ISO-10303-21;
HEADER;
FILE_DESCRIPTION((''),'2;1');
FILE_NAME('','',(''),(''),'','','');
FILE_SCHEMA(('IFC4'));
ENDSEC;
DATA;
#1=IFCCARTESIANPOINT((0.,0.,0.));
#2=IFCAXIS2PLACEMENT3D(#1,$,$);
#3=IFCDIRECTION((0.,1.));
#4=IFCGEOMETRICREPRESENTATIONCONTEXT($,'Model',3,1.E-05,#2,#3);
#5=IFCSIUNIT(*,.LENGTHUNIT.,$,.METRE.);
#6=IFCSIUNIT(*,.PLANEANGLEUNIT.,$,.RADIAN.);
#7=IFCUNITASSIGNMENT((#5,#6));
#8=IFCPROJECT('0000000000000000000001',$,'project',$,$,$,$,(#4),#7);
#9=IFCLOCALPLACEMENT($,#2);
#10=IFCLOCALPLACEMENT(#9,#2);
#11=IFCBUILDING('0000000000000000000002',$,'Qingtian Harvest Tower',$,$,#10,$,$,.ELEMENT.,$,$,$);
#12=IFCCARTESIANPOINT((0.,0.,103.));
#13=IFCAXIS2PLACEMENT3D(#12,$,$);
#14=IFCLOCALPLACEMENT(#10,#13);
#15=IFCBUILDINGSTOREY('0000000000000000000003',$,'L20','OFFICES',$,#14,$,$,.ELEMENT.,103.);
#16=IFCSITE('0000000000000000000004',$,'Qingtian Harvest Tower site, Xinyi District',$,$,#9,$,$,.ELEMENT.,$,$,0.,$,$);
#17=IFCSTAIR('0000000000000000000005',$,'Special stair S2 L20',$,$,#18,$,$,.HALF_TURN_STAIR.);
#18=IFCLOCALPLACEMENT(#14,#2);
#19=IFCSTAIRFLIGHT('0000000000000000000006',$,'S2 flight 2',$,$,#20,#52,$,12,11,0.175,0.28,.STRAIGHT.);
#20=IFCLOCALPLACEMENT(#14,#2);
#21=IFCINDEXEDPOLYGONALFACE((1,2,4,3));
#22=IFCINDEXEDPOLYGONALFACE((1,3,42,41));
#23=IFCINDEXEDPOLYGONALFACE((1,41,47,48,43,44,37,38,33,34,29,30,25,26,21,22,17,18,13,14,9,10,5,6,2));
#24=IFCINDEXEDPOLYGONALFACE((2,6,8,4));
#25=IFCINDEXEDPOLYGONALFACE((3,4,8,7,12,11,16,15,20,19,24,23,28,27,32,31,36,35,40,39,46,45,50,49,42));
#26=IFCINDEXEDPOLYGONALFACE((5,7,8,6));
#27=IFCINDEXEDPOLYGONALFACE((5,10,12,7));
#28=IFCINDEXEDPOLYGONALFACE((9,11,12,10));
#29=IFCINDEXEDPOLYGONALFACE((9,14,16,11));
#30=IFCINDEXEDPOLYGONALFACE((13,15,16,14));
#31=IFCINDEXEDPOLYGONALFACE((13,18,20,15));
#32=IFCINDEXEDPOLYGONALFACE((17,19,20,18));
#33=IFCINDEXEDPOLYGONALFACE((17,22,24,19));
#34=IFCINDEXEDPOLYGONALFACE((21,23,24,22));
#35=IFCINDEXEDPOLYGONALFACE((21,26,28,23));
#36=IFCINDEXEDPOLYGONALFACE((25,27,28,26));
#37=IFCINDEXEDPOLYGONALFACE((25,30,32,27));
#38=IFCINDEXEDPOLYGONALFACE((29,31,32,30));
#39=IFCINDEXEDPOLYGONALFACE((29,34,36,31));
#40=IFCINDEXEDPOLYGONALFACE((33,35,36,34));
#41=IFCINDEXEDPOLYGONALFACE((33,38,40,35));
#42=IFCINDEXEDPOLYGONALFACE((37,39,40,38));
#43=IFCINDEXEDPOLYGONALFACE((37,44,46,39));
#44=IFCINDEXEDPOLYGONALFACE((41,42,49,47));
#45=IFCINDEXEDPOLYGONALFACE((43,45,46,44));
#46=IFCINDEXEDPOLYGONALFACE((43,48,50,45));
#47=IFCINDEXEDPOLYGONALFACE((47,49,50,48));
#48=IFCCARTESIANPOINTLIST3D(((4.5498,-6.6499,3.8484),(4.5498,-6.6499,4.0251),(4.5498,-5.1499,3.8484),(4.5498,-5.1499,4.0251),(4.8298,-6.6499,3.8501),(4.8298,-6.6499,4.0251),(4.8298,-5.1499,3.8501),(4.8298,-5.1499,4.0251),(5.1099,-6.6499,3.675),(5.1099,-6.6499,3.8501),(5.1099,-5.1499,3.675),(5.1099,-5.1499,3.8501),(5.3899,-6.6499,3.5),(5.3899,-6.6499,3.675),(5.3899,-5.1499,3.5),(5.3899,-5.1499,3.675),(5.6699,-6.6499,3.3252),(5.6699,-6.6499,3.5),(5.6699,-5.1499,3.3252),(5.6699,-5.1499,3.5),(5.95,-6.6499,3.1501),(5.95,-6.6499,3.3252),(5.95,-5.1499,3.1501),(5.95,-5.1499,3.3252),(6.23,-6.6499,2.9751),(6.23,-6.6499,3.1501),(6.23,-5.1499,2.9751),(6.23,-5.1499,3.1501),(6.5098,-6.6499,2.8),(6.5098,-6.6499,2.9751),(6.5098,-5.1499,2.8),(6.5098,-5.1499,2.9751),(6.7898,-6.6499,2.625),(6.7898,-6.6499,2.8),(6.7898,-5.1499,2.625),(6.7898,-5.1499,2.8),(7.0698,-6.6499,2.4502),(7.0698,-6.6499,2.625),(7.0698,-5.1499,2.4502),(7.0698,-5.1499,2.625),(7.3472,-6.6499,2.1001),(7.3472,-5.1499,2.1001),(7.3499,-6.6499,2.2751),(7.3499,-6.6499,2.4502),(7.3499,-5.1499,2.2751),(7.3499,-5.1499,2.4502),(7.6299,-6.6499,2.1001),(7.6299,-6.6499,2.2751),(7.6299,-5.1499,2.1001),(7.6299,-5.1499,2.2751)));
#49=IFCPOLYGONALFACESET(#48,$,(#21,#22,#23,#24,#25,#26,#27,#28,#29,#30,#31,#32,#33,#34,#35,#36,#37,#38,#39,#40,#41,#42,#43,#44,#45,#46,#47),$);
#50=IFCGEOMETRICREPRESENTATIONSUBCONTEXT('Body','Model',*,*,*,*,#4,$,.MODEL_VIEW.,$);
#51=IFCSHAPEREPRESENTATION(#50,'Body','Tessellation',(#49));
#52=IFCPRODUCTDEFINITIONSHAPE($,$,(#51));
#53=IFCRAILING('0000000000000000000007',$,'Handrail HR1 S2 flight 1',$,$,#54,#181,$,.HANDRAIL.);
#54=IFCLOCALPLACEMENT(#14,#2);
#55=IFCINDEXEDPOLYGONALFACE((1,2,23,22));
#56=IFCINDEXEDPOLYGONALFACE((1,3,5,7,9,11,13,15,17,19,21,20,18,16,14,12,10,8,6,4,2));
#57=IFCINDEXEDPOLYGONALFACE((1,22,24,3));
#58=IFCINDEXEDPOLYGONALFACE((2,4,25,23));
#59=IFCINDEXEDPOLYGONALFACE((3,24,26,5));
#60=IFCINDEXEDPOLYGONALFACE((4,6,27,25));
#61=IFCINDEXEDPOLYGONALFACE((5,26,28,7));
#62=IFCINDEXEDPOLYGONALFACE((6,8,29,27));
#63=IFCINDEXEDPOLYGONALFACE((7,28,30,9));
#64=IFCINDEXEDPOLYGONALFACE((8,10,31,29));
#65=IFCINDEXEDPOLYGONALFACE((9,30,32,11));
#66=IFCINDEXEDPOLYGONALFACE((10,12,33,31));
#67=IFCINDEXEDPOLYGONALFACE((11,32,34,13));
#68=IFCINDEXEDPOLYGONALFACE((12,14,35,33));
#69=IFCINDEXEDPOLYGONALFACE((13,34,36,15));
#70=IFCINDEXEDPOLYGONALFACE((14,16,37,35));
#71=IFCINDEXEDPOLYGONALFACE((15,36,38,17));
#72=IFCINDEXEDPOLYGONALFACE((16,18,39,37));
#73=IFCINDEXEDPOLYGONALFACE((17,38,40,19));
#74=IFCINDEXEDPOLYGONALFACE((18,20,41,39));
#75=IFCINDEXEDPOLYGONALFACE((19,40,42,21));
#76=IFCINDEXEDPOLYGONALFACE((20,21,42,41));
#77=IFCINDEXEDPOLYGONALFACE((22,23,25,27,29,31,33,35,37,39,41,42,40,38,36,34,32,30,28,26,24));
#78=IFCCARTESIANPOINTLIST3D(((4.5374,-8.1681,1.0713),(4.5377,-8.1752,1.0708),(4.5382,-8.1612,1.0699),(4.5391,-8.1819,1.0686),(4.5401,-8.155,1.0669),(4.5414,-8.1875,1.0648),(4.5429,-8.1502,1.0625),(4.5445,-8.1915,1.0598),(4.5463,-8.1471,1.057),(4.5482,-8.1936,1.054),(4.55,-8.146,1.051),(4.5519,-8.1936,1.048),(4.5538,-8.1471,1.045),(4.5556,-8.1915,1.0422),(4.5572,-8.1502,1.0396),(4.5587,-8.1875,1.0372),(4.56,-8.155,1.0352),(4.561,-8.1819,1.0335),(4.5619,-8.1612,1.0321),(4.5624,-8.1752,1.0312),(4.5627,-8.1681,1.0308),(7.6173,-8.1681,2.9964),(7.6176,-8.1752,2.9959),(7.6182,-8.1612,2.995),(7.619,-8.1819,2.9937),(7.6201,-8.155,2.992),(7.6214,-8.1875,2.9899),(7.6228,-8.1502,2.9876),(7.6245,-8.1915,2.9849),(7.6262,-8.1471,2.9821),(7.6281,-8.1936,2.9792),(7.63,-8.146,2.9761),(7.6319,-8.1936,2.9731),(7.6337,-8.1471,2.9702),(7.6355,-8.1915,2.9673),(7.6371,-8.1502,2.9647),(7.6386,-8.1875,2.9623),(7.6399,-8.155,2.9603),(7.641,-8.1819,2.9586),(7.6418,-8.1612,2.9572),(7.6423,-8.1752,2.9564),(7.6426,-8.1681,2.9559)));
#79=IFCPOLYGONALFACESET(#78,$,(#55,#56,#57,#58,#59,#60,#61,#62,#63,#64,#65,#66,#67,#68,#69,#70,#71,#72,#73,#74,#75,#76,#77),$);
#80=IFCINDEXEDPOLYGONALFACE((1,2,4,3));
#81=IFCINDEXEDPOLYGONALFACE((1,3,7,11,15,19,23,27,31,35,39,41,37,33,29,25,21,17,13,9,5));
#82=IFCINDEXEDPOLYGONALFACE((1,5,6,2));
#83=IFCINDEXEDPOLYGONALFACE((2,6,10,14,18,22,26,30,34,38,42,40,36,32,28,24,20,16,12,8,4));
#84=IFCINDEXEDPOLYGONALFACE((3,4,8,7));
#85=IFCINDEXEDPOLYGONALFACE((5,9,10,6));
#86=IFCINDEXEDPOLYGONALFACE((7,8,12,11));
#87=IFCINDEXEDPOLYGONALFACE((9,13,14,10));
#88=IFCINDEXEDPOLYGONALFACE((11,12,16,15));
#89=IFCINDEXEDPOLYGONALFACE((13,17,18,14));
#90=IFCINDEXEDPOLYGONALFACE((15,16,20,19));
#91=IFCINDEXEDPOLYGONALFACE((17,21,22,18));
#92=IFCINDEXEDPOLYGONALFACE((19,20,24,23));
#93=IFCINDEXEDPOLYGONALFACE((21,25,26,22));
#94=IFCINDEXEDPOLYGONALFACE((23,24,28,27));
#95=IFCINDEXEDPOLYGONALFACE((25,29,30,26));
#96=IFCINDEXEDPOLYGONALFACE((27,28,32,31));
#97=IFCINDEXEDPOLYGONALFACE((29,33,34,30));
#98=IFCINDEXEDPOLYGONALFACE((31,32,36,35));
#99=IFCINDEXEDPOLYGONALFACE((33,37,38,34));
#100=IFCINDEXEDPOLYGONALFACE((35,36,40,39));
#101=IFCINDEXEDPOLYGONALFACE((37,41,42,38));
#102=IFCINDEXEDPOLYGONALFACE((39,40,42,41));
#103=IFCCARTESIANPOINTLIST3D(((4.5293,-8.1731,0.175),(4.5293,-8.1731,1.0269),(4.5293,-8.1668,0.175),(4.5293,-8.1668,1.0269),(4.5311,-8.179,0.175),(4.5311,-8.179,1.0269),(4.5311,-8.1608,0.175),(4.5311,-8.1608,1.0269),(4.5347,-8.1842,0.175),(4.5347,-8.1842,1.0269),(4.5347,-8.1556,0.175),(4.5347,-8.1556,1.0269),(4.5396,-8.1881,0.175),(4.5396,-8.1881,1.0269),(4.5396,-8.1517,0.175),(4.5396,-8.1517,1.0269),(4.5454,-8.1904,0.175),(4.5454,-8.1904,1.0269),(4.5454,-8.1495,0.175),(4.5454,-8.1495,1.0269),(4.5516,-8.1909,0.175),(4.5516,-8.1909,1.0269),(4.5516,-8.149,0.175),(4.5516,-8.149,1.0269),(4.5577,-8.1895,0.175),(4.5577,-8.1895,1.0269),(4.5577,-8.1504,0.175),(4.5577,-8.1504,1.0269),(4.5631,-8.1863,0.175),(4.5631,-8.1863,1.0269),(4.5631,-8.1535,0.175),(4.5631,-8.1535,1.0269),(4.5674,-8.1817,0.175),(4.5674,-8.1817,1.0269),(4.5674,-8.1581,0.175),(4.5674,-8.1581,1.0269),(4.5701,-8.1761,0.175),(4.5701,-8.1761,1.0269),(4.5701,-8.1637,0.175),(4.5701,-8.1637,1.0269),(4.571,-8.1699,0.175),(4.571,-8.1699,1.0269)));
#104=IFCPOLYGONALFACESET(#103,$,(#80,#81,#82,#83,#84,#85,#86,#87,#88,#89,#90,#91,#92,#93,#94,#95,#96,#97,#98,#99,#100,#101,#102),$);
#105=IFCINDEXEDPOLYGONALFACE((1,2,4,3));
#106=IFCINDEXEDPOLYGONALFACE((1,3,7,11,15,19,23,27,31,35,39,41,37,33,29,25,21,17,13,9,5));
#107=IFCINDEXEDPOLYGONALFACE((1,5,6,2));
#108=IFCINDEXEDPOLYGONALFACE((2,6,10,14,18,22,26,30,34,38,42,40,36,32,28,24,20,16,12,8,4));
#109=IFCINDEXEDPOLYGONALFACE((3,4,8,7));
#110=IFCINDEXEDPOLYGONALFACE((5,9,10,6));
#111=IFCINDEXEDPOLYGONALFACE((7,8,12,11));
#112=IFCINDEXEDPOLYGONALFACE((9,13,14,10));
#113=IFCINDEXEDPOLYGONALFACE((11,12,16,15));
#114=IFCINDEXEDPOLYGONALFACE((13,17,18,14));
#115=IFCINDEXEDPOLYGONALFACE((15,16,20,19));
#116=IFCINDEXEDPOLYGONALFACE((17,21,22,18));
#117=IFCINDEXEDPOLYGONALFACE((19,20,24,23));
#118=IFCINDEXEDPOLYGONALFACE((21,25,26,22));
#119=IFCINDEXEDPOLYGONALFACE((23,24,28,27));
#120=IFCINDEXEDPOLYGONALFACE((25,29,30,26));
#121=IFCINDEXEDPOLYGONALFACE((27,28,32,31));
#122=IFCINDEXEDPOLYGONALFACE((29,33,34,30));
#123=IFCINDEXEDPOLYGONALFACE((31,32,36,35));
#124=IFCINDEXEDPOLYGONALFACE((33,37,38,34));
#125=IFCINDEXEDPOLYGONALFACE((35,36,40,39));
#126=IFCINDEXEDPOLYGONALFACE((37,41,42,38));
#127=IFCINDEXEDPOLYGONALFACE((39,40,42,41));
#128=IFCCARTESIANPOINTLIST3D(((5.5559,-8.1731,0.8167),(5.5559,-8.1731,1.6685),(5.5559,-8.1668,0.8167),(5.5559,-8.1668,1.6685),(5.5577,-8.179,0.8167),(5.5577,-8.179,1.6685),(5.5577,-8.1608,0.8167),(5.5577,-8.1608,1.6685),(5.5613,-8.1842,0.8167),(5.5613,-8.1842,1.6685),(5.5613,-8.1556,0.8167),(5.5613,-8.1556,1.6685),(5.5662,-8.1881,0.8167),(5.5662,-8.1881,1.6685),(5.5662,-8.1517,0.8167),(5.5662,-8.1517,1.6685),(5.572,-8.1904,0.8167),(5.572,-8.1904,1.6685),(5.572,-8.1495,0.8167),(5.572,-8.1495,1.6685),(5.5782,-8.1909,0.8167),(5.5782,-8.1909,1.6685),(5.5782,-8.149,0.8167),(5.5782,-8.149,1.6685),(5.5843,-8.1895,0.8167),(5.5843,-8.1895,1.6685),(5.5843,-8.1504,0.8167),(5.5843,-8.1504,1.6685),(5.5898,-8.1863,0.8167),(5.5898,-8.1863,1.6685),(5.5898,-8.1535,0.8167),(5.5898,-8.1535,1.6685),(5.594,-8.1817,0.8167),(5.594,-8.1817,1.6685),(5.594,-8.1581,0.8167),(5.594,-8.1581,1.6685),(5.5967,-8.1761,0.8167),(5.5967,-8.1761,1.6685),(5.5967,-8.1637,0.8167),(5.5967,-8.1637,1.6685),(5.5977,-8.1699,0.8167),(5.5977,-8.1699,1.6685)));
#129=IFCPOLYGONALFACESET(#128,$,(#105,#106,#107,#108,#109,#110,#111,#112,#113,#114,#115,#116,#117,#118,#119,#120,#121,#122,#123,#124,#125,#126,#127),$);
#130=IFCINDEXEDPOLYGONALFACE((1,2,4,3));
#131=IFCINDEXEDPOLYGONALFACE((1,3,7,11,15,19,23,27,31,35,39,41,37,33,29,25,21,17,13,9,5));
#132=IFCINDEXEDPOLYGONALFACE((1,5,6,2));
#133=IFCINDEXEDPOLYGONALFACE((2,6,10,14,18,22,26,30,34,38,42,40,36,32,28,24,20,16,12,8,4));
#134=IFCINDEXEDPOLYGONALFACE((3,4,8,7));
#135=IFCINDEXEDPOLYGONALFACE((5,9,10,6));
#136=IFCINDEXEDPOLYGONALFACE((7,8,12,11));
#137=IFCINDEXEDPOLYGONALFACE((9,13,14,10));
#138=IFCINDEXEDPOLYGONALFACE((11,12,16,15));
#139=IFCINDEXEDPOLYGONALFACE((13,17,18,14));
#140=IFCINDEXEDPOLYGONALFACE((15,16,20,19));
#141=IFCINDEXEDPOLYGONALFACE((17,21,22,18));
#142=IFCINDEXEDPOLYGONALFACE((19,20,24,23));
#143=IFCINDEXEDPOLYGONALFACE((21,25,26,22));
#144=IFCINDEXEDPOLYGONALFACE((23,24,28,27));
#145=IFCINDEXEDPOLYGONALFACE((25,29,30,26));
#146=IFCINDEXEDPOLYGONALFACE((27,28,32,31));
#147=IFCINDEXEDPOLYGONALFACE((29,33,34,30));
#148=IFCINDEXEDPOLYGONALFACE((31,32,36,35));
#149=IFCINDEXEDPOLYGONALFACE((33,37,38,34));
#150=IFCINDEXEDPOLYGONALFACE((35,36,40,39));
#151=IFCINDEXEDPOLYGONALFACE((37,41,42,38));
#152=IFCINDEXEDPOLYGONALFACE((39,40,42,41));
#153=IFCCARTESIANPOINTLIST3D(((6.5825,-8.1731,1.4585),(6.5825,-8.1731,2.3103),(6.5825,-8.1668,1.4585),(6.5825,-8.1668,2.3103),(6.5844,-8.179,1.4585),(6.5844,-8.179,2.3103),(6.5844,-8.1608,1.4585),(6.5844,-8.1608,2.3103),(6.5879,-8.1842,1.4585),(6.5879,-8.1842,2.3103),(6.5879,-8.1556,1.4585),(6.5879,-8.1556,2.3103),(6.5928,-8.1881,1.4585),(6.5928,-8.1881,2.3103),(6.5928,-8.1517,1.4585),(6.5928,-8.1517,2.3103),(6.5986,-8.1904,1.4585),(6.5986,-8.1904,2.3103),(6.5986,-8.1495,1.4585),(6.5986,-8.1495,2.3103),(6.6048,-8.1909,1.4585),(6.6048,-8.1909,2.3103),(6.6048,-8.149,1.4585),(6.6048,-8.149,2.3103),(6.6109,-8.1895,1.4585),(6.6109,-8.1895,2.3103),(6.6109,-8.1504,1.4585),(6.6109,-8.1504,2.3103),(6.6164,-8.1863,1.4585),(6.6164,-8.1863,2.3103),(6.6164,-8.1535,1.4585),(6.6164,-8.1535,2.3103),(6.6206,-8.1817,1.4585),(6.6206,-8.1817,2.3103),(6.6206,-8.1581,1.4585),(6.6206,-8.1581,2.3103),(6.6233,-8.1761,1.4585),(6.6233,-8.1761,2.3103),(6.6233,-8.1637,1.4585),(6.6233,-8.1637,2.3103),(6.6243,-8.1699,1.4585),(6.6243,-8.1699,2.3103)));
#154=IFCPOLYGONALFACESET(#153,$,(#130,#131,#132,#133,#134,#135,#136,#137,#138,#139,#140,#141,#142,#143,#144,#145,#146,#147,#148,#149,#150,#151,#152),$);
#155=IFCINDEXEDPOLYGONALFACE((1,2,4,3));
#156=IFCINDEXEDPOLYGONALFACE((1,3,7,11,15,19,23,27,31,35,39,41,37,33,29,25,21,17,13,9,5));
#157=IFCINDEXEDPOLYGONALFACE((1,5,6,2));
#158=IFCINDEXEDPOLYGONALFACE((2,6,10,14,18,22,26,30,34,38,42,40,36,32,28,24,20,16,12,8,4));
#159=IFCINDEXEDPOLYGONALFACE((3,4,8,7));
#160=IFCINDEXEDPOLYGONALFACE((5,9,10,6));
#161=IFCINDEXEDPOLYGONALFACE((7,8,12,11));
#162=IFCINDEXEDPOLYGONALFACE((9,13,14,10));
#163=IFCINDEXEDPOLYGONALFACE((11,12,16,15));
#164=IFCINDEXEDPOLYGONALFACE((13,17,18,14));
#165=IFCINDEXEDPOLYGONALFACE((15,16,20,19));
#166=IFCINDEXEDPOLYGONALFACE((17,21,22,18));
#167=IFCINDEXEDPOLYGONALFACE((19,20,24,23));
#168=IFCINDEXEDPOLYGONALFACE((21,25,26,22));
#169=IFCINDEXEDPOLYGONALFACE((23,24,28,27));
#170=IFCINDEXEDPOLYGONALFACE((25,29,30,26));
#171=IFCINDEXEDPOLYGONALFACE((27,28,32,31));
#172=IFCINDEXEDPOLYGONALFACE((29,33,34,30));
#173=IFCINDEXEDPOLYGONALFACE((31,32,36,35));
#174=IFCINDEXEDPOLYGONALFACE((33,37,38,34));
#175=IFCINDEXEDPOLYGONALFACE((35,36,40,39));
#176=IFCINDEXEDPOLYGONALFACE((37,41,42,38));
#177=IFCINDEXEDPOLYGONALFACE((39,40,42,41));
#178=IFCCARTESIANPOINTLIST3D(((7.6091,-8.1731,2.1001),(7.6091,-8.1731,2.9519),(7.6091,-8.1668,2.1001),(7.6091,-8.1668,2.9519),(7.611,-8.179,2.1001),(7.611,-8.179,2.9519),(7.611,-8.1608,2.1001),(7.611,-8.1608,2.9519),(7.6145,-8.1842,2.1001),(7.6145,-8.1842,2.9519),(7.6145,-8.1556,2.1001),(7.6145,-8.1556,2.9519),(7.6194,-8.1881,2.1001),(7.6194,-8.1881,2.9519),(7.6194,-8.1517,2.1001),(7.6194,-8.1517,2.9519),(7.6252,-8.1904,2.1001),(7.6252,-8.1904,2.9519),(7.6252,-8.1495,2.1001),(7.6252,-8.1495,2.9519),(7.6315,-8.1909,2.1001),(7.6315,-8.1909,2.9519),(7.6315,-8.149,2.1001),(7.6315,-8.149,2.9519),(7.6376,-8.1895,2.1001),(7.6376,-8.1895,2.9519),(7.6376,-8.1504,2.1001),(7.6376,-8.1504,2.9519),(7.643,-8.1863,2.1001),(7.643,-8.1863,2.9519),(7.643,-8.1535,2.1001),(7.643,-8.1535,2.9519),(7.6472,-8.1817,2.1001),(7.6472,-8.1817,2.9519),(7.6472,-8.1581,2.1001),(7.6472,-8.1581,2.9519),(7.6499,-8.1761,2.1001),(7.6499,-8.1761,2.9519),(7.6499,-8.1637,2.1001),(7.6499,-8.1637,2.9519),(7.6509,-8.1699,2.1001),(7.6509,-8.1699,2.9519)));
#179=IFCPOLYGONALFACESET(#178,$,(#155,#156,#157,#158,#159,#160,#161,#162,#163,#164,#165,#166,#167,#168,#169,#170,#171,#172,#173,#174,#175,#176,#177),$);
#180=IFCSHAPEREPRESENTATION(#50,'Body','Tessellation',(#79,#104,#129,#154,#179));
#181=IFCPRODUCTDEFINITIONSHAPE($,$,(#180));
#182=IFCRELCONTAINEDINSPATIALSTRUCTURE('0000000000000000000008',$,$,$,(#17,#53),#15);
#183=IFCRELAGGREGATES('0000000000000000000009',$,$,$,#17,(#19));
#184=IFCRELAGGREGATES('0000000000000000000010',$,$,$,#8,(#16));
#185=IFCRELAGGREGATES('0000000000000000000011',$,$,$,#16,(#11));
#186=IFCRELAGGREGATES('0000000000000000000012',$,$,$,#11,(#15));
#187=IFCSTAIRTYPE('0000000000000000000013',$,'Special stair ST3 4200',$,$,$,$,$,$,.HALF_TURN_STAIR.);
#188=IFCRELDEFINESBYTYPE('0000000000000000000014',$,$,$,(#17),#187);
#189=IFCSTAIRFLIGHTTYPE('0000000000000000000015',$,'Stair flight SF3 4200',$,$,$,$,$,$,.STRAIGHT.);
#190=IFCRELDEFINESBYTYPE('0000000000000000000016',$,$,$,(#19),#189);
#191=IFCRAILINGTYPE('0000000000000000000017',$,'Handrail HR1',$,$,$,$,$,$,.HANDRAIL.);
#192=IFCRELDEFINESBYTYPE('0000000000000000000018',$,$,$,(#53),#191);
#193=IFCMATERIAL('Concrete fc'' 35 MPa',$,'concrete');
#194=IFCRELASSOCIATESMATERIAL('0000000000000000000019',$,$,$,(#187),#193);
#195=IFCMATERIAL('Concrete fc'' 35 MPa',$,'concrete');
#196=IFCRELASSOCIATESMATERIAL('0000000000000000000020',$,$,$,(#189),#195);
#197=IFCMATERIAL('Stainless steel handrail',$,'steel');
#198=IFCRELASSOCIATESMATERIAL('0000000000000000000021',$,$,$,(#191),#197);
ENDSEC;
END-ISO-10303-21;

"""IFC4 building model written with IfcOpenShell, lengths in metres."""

from ifc_helpers import new_model, si_unit, direction, frame, origin, origin_2d, place, context, subcontext, project, spatial, polyline, circle, outline, extrude, material, type_object, element, aggregate, save


model = new_model("IFC4")

# Units and contexts
model_context = context("Model", 3, precision=1e-05, world=origin(), true_north=direction((0.0, 1.0)))
body_context = subcontext(model_context, "Body", "Model", "MODEL_VIEW")
ifc_project = project(units=[si_unit("LENGTHUNIT", "METRE"), si_unit("PLANEANGLEUNIT", "RADIAN")], contexts=[model_context])

# Site, building, storey
site_placement = place(None, origin())
site = spatial("IfcSite", under=ifc_project, at=site_placement, Name="Qingtian Harvest Tower site, Xinyi District", CompositionType="ELEMENT", RefElevation=0.0)
building_placement = place(site_placement, origin())
building = spatial("IfcBuilding", under=site, at=building_placement, Name="Qingtian Harvest Tower", CompositionType="ELEMENT")
storey_placement = place(building_placement, frame((0.0, 0.0, 103.0)))
storey = spatial("IfcBuildingStorey", under=building, at=storey_placement, Name="L20", Description="OFFICES", CompositionType="ELEMENT", Elevation=103.0)

# Stair, stair flight
ifc_material_1 = material(Name="Concrete fc' 35 MPa", Category="concrete")
stair_type = type_object("IfcStairType", Name="Special stair ST3 4200", PredefinedType="HALF_TURN_STAIR", material=ifc_material_1)
stair_placement = place(storey_placement, origin())
stair = element("IfcStair", 1, at=stair_placement, inside=storey, type_object=stair_type, Name="Special stair S2 L20", PredefinedType="HALF_TURN_STAIR")
ifc_material_2 = material(Name="Concrete fc' 35 MPa", Category="concrete")
stair_flight_type = type_object("IfcStairFlightType", Name="Stair flight SF3 4200", PredefinedType="STRAIGHT", material=ifc_material_2)
stair_flight_1_placement = place(storey_placement, frame((7.6299, -5.8999, 2.1001), z_axis=(0.0, 0.0, 1.0), x_axis=(-1.0, 0.0, 0.0)))
stair_flight_1 = element("IfcStairFlight", 2, at=stair_flight_1_placement, type_object=stair_flight_type, Name="S2 flight 2", NumberOfRisers=12, NumberOfTreads=11, PredefinedType="STRAIGHT", RiserHeight=0.175, TreadLength=0.28, context=body_context, shape_type="SweptSolid", body=[
    extrude(outline(polyline([(0.0, 0.0), (0.0, 0.175), (0.28, 0.175), (0.28, 0.3501), (0.5601, 0.3501), (0.5601, 0.5249), (0.8401, 0.5249), (0.8401, 0.7), (1.1201, 0.7), (1.1201, 0.875), (1.3999, 0.875), (1.3999, 1.05), (1.6799, 1.05), (1.6799, 1.2251), (1.96, 1.2251), (1.96, 1.3999), (2.24, 1.3999), (2.24, 1.575), (2.52, 1.575), (2.52, 1.75), (2.8, 1.75), (2.8, 1.925), (3.0801, 1.925), (3.0801, 2.1001), (3.0801, 1.7483), (0.2827, 0.0), (0.0, 0.0)])), frame((0.0, 0.75, 0.0), z_axis=(0.0, -1.0, 0.0), x_axis=(1.0, 0.0, 0.0)), (0.0, 0.0, 1.0), 1.5),
])
aggregate(stair, [stair_flight_1])

# Railing
ifc_material_3 = material(Name="Stainless steel handrail", Category="steel")
railing_type = type_object("IfcRailingType", Name="Handrail HR1", PredefinedType="HANDRAIL", material=ifc_material_3)
railing_1_placement = place(storey_placement, frame((4.55, -8.1699, 0.175)))
element("IfcRailing", 3, at=railing_1_placement, inside=storey, type_object=railing_type, Name="Handrail HR1 S2 flight 1", PredefinedType="HANDRAIL", context=body_context, shape_type="SweptSolid", body=[
    extrude(circle(Radius=0.0239, at=origin_2d()), frame((0.0, 0.0, 0.876), z_axis=(0.847979, 0.0, 0.530029), x_axis=(0.0, 1.0, 0.0)), (0.0, 0.0, 1.0), 3.6321),
    extrude(circle(Radius=0.021, at=origin_2d()), origin(), (0.0, 0.0, 1.0), 0.8518),
    extrude(circle(Radius=0.021, at=origin_2d()), frame((1.0266, 0.0, 0.6416)), (0.0, 0.0, 1.0), 0.8518),
    extrude(circle(Radius=0.021, at=origin_2d()), frame((2.0532, 0.0, 1.2834)), (0.0, 0.0, 1.0), 0.8518),
    extrude(circle(Radius=0.021, at=origin_2d()), frame((3.0798, 0.0, 1.925)), (0.0, 0.0, 1.0), 0.8518),
])

save(model, "model.ifc")
